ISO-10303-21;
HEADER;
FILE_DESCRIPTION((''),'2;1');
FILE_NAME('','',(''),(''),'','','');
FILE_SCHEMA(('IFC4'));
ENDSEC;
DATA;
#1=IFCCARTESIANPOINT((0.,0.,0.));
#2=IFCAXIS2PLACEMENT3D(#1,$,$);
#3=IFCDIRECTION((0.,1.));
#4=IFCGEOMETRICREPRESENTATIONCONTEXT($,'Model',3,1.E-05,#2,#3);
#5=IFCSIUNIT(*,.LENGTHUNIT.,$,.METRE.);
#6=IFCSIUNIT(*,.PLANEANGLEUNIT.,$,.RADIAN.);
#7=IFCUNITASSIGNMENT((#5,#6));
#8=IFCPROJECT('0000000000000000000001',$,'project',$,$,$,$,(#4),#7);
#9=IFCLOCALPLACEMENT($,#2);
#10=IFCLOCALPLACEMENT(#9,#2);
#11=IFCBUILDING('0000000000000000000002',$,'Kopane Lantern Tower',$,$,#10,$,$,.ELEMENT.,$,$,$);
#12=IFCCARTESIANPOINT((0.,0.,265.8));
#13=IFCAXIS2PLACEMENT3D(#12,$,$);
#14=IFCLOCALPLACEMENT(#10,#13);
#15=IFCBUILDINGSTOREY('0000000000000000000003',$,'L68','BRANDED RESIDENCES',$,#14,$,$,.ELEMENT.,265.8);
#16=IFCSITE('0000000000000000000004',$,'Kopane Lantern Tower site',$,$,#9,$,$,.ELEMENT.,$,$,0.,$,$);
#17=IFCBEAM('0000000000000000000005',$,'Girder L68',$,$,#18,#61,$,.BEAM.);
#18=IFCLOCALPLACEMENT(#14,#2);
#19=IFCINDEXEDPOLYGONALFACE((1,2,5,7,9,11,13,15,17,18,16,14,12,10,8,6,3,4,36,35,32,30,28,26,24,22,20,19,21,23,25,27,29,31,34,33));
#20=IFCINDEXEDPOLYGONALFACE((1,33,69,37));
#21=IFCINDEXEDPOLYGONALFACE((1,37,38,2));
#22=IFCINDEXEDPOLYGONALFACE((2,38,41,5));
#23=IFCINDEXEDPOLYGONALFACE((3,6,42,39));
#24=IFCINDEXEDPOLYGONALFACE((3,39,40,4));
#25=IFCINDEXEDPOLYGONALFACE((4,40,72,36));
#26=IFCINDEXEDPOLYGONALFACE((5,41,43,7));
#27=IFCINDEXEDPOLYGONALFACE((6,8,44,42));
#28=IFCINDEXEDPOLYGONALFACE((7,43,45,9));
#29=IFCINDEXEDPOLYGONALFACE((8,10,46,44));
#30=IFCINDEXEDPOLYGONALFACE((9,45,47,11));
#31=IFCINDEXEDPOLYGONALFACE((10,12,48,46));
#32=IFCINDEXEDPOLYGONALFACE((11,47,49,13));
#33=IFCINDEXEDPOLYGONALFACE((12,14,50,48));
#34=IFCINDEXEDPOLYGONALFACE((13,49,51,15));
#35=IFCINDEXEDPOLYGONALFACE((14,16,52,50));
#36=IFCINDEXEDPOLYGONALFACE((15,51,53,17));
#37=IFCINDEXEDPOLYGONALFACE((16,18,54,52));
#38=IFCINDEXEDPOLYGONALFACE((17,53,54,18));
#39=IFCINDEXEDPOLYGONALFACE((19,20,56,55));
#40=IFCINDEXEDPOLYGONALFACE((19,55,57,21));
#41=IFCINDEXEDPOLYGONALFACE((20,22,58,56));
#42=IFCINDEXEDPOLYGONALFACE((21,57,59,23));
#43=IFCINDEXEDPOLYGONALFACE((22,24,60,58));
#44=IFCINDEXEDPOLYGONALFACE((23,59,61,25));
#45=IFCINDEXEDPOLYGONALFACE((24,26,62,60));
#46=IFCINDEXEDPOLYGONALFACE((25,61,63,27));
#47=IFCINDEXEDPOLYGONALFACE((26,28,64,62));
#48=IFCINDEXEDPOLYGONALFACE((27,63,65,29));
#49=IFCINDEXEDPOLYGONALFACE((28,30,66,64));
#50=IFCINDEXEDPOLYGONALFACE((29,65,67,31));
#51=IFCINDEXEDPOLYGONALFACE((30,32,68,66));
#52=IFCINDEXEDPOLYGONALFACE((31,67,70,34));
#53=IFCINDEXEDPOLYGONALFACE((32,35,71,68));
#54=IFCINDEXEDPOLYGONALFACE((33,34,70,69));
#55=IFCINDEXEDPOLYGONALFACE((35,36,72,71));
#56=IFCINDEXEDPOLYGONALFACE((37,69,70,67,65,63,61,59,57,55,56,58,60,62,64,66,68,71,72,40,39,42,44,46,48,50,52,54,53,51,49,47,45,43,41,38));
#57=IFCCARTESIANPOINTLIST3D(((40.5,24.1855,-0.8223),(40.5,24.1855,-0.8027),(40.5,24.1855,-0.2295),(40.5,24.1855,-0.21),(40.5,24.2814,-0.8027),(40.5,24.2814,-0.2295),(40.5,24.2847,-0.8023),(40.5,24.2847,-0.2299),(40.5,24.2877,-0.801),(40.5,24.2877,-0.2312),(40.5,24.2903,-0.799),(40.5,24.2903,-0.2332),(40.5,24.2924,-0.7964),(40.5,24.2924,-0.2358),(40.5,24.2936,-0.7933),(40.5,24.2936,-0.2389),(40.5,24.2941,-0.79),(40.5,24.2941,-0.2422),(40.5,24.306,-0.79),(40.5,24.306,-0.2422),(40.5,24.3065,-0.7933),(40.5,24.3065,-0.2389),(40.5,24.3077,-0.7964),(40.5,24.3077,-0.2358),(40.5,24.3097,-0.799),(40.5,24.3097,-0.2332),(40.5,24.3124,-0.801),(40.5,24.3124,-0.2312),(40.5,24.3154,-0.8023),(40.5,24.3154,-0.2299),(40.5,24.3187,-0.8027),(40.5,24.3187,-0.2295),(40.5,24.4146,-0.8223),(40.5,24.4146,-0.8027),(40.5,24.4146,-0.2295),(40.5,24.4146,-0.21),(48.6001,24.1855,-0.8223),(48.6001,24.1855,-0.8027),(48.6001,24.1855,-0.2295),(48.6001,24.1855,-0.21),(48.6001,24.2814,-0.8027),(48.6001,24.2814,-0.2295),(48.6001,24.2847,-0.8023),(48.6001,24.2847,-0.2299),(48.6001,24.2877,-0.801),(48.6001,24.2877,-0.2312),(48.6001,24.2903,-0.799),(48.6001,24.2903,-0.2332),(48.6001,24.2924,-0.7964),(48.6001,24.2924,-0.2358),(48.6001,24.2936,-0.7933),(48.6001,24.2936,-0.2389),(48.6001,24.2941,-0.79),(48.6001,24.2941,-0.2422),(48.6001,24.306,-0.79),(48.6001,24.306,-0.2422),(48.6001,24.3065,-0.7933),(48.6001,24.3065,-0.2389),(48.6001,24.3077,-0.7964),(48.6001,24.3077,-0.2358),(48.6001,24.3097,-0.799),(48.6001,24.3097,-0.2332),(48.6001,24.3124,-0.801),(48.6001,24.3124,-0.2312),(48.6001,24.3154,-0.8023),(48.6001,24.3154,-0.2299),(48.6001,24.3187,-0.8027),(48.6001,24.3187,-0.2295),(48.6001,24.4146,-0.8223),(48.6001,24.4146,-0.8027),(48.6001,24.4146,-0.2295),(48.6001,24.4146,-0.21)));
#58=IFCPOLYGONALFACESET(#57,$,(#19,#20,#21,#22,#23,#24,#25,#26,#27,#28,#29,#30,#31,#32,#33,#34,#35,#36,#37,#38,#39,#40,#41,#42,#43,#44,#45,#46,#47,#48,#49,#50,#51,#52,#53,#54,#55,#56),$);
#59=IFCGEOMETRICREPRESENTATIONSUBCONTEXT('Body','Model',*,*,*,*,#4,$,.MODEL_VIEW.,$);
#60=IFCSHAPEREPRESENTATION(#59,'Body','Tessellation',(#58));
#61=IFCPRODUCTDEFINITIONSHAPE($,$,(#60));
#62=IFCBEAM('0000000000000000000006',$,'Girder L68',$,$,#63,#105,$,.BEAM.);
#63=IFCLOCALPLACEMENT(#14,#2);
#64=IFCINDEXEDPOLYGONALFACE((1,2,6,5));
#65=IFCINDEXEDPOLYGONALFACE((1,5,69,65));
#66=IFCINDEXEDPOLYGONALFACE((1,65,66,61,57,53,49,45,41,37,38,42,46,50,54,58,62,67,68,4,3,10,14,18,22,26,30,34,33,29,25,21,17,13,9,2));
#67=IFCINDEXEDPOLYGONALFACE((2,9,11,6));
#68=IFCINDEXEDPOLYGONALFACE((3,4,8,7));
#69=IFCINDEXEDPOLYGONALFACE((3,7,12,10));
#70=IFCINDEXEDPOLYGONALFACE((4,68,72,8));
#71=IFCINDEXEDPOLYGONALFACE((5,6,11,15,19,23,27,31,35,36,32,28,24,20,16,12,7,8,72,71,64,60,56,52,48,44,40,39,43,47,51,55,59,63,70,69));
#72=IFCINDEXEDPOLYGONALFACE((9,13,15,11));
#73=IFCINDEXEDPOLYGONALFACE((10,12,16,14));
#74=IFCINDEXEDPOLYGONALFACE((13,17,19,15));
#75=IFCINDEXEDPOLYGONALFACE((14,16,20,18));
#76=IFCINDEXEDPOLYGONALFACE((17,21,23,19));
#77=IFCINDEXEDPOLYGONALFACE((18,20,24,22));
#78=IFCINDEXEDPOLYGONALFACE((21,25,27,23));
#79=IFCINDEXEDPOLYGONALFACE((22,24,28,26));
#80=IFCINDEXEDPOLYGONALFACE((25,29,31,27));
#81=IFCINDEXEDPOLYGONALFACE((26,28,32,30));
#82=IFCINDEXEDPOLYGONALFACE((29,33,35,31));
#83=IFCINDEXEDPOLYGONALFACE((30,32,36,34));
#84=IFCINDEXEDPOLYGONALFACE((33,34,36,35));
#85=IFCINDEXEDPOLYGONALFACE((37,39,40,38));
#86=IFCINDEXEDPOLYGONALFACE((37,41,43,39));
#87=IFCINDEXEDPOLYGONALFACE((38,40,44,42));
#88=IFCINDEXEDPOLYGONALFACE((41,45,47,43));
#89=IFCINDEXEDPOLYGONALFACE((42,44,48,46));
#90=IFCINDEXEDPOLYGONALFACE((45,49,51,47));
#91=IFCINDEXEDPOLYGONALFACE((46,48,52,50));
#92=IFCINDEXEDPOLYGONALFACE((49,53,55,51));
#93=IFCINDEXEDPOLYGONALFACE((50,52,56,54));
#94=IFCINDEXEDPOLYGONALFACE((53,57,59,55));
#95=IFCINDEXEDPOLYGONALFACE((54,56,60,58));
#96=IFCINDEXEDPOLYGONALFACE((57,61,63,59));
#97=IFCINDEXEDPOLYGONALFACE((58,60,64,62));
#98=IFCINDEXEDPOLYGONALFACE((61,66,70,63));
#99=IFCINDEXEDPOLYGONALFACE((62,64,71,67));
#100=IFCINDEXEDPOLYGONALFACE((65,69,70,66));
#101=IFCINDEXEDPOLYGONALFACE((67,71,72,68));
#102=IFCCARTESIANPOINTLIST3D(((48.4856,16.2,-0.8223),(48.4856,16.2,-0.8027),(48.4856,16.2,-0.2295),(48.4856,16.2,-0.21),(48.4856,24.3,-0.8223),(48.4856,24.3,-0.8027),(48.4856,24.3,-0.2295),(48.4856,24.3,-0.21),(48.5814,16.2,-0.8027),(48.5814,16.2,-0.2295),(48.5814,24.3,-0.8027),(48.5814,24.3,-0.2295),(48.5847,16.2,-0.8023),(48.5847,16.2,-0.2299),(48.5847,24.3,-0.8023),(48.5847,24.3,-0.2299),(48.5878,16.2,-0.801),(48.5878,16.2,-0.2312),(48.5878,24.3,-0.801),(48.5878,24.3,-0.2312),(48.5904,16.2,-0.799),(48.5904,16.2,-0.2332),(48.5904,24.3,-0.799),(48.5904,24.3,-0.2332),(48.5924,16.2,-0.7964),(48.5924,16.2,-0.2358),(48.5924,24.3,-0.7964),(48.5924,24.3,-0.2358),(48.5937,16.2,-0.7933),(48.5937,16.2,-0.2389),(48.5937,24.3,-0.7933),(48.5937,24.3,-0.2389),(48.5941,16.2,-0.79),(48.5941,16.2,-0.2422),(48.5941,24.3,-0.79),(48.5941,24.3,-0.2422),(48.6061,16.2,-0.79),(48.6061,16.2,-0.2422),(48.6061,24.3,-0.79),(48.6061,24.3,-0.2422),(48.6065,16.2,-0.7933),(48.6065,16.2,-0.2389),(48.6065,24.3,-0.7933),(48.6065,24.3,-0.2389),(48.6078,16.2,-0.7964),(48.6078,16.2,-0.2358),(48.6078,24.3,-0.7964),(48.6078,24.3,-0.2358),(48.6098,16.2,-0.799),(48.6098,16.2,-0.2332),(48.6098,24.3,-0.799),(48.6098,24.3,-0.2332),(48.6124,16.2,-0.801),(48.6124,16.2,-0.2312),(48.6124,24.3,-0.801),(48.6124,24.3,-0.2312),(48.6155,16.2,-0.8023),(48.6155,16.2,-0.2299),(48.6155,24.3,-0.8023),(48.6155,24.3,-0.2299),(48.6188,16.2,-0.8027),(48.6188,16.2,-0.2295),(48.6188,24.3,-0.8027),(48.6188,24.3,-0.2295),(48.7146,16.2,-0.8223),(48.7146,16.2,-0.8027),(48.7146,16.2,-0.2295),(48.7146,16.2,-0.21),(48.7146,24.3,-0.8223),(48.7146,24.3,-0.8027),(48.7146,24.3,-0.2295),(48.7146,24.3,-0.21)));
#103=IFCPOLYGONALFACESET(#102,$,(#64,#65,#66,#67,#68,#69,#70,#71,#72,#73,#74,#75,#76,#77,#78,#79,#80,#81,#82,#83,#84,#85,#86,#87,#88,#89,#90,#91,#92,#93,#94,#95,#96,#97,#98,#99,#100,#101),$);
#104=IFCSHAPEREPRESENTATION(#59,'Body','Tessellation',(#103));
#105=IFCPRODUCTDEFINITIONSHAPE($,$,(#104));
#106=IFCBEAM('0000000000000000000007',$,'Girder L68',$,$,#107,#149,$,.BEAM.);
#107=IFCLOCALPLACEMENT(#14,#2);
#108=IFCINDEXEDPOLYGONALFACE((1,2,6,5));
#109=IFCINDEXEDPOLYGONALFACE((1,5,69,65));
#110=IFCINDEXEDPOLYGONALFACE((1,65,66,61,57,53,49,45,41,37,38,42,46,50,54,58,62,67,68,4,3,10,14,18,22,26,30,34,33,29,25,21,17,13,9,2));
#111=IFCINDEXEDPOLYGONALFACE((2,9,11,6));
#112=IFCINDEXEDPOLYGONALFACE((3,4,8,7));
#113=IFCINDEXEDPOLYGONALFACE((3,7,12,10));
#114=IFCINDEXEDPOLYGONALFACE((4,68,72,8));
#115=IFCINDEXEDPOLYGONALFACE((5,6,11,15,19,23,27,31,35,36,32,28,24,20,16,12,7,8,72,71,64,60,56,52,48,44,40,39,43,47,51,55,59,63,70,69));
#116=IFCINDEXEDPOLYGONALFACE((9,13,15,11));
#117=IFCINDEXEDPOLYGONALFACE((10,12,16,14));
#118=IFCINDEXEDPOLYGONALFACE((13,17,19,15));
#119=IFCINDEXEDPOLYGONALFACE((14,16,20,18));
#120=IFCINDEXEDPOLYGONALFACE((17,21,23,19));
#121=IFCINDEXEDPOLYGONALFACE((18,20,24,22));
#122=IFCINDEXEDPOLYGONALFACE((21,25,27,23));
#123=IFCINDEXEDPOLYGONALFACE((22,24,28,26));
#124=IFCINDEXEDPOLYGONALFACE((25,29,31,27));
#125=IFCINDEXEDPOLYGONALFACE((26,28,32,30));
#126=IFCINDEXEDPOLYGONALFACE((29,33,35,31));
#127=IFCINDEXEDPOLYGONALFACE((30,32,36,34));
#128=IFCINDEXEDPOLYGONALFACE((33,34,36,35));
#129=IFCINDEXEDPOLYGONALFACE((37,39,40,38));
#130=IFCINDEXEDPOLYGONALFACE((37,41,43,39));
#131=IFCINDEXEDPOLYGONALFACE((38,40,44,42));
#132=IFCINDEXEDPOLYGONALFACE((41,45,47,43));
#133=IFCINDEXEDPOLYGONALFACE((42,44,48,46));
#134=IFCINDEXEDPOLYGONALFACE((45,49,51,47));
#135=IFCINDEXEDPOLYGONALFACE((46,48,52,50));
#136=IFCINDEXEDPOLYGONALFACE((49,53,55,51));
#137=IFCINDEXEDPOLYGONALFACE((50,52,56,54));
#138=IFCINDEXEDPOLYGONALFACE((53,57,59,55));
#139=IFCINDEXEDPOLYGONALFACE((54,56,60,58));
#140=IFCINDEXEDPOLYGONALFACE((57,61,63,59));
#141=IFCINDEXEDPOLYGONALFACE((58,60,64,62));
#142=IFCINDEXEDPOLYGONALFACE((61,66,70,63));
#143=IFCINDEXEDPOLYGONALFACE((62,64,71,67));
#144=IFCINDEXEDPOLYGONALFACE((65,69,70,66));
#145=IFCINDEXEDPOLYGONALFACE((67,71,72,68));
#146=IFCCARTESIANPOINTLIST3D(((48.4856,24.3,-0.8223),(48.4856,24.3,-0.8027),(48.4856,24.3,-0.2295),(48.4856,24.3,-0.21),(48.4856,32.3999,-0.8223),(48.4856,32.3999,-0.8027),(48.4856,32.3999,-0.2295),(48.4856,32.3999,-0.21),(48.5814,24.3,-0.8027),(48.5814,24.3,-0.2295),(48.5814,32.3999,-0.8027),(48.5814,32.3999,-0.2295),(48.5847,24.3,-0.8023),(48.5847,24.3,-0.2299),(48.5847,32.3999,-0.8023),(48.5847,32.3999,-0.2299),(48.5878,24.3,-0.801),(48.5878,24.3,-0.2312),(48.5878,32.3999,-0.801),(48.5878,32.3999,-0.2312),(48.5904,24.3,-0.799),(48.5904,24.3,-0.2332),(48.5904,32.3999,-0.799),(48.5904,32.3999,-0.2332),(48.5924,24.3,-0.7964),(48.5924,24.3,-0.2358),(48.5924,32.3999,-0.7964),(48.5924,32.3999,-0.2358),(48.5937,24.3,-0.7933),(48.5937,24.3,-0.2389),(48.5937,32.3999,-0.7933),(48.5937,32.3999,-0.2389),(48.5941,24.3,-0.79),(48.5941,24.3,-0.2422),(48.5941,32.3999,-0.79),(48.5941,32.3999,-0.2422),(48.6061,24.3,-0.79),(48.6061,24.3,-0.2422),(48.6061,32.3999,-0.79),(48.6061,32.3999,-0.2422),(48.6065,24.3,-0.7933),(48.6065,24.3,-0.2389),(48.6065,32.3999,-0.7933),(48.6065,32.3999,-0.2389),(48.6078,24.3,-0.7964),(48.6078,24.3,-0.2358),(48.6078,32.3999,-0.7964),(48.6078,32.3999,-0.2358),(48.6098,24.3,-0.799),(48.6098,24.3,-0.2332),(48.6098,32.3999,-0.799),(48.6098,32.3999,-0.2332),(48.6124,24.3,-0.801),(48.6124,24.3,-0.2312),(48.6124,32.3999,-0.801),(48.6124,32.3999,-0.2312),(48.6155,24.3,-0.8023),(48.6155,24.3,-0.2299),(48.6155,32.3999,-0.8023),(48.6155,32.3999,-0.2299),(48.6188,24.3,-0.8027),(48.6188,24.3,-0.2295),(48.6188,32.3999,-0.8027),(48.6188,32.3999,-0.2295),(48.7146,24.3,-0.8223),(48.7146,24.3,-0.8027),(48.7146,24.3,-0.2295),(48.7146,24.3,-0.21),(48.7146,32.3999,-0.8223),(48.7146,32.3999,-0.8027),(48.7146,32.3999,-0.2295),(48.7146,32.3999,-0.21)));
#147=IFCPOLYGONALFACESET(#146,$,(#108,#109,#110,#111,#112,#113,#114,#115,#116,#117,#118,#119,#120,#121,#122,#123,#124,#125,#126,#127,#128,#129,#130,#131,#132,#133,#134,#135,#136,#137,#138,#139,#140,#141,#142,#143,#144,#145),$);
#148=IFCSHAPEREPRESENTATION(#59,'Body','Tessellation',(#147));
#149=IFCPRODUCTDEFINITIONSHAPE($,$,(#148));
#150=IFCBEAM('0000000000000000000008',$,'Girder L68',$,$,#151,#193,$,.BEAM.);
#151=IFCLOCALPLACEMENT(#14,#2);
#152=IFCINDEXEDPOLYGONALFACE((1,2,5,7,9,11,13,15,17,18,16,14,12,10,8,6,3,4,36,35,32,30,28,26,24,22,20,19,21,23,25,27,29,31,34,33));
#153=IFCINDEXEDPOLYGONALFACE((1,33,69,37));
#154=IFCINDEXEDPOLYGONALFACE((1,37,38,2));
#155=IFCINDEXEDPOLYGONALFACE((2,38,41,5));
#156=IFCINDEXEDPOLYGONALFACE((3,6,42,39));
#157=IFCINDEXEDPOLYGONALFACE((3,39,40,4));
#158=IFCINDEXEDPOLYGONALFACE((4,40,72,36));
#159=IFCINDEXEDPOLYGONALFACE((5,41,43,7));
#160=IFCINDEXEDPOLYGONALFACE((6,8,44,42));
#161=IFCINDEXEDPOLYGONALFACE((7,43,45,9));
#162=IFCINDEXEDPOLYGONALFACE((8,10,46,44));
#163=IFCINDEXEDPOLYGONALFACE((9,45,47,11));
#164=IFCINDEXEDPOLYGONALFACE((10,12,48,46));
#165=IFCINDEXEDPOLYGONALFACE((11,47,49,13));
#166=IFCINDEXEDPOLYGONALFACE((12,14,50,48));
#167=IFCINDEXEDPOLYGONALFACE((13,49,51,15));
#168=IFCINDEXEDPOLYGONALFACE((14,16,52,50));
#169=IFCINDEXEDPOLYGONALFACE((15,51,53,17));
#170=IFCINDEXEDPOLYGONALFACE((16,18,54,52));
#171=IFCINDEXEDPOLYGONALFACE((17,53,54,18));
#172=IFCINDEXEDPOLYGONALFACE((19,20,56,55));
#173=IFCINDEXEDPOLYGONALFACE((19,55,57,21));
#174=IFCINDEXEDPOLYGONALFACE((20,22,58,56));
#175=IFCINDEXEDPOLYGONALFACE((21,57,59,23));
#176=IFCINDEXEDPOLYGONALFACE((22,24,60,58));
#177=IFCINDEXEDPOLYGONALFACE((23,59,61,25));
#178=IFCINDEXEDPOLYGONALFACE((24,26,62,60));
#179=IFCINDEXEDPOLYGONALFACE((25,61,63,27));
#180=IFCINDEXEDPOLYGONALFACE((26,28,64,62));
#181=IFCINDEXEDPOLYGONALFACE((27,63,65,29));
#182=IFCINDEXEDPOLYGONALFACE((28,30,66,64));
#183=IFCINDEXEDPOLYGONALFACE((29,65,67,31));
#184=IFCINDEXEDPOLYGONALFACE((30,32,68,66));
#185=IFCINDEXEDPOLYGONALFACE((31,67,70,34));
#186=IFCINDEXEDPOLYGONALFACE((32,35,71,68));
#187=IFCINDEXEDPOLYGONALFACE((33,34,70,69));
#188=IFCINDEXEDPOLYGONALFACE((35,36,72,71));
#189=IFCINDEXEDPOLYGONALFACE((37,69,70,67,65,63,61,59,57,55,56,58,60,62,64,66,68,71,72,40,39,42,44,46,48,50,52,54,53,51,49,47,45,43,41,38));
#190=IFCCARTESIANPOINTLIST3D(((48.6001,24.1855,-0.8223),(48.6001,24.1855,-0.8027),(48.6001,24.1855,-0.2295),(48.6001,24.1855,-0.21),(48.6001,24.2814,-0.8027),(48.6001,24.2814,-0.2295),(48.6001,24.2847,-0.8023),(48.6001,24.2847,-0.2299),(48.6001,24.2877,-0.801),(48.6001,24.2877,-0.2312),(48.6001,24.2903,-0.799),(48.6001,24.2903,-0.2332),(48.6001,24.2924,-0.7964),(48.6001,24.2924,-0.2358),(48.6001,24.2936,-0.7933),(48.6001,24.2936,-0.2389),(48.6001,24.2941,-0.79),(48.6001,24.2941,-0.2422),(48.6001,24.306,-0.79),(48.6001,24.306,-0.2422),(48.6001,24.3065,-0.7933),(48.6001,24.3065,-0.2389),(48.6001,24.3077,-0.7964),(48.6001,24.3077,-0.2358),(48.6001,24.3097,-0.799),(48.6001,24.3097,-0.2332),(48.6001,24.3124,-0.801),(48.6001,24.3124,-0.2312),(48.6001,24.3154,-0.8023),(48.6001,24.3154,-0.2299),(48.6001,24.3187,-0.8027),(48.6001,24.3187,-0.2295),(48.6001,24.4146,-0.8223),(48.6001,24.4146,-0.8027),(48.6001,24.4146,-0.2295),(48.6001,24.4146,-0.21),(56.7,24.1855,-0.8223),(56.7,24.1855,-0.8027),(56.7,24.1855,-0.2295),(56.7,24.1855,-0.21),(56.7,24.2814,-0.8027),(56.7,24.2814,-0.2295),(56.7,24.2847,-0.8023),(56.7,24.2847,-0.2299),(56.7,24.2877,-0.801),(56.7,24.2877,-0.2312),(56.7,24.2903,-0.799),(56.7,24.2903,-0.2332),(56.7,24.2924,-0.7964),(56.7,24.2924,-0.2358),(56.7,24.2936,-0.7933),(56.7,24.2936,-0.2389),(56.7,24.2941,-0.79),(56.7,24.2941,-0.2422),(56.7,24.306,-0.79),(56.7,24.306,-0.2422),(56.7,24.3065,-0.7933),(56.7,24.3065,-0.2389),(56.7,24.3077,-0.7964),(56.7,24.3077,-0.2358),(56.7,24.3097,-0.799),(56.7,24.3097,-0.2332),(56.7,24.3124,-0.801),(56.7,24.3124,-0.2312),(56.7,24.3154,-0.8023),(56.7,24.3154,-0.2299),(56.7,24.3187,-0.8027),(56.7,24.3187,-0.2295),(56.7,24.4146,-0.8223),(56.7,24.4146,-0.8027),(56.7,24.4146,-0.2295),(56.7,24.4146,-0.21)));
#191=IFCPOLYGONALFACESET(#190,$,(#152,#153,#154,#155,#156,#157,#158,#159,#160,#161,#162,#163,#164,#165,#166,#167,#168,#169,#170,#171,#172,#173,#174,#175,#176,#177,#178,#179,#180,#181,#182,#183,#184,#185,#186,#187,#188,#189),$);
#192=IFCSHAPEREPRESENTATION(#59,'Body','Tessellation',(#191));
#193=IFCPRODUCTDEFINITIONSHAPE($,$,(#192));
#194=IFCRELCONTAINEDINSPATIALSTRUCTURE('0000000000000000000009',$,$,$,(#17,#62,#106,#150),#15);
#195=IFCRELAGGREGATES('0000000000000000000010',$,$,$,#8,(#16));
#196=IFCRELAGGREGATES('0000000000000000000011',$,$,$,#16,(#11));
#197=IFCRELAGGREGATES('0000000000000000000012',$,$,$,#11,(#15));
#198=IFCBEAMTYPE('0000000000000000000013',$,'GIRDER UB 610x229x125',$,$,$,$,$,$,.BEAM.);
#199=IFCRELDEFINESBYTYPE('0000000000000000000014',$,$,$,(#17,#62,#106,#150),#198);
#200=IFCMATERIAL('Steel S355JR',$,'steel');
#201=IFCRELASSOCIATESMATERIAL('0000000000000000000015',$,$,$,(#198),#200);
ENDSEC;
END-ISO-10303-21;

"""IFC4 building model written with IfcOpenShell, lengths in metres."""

from ifc_helpers import new_model, si_unit, direction, frame, origin, origin_2d, place, context, subcontext, project, spatial, i_section, extrude, material, material_profile, profile_set, type_object, element, save


model = new_model("IFC4")

# Units and contexts
model_context = context("Model", 3, precision=1e-05, world=origin(), true_north=direction((0.0, 1.0)))
body_context = subcontext(model_context, "Body", "Model", "MODEL_VIEW")
ifc_project = project(units=[si_unit("LENGTHUNIT", "METRE"), si_unit("PLANEANGLEUNIT", "RADIAN")], contexts=[model_context])

# Site, building, storey
site_placement = place(None, origin())
site = spatial("IfcSite", under=ifc_project, at=site_placement, Name="Kopane Lantern Tower site", CompositionType="ELEMENT", RefElevation=0.0)
building_placement = place(site_placement, origin())
building = spatial("IfcBuilding", under=site, at=building_placement, Name="Kopane Lantern Tower", CompositionType="ELEMENT")
storey_placement = place(building_placement, frame((0.0, 0.0, 265.8)))
storey = spatial("IfcBuildingStorey", under=building, at=storey_placement, Name="L68", Description="BRANDED RESIDENCES", CompositionType="ELEMENT", Elevation=265.8)

# Beams
ifc_material_1 = material(Name="Steel S355JR", Category="steel")
ifc_material_profile_1 = material_profile(ifc_material_1, i_section(OverallWidth=0.229, OverallDepth=0.6123, WebThickness=0.012, FlangeThickness=0.0195, FilletRadius=0.0127, at=origin_2d()), Name="UB 610x229x125")
ifc_profile_set_1 = profile_set([ifc_material_profile_1], Name="Steel S355JR")
beam_type_1 = type_object("IfcBeamType", Name="GIRDER UB 610x229x125", PredefinedType="BEAM", material=ifc_profile_set_1)
for number, where, z_axis, x_axis, name in (
    (1, (40.5, 24.3, -0.5161), (1.0, 0.0, 0.0), (0.0, 1.0, 0.0), "Girder L68"),
    (2, (48.6001, 16.2, -0.5161), (0.0, 1.0, 0.0), (-1.0, 0.0, 0.0), "Girder L68"),
):
    element("IfcBeam", number, at=place(storey_placement, frame(where, z_axis=z_axis, x_axis=x_axis)), inside=storey, type_object=beam_type_1, Name=name, PredefinedType="BEAM", context=body_context, shape_type="SweptSolid", body=[
        extrude(i_section(OverallWidth=0.229, OverallDepth=0.6123, WebThickness=0.012, FlangeThickness=0.0195, FilletRadius=0.0127, at=origin_2d()), origin(), (0.0, 0.0, 1.0), 8.1001),
    ])
for number, where, z_axis, x_axis, name in (
    (3, (48.6001, 24.3, -0.5161), (0.0, 1.0, 0.0), (-1.0, 0.0, 0.0), "Girder L68"),
    (4, (48.6001, 24.3, -0.5161), (1.0, 0.0, 0.0), (0.0, 1.0, 0.0), "Girder L68"),
):
    element("IfcBeam", number, at=place(storey_placement, frame(where, z_axis=z_axis, x_axis=x_axis)), inside=storey, type_object=beam_type_1, Name=name, PredefinedType="BEAM", context=body_context, shape_type="SweptSolid", body=[
        extrude(i_section(OverallWidth=0.229, OverallDepth=0.6123, WebThickness=0.012, FlangeThickness=0.0195, FilletRadius=0.0127, at=origin_2d()), origin(), (0.0, 0.0, 1.0), 8.0999),
    ])

save(model, "model.ifc")
